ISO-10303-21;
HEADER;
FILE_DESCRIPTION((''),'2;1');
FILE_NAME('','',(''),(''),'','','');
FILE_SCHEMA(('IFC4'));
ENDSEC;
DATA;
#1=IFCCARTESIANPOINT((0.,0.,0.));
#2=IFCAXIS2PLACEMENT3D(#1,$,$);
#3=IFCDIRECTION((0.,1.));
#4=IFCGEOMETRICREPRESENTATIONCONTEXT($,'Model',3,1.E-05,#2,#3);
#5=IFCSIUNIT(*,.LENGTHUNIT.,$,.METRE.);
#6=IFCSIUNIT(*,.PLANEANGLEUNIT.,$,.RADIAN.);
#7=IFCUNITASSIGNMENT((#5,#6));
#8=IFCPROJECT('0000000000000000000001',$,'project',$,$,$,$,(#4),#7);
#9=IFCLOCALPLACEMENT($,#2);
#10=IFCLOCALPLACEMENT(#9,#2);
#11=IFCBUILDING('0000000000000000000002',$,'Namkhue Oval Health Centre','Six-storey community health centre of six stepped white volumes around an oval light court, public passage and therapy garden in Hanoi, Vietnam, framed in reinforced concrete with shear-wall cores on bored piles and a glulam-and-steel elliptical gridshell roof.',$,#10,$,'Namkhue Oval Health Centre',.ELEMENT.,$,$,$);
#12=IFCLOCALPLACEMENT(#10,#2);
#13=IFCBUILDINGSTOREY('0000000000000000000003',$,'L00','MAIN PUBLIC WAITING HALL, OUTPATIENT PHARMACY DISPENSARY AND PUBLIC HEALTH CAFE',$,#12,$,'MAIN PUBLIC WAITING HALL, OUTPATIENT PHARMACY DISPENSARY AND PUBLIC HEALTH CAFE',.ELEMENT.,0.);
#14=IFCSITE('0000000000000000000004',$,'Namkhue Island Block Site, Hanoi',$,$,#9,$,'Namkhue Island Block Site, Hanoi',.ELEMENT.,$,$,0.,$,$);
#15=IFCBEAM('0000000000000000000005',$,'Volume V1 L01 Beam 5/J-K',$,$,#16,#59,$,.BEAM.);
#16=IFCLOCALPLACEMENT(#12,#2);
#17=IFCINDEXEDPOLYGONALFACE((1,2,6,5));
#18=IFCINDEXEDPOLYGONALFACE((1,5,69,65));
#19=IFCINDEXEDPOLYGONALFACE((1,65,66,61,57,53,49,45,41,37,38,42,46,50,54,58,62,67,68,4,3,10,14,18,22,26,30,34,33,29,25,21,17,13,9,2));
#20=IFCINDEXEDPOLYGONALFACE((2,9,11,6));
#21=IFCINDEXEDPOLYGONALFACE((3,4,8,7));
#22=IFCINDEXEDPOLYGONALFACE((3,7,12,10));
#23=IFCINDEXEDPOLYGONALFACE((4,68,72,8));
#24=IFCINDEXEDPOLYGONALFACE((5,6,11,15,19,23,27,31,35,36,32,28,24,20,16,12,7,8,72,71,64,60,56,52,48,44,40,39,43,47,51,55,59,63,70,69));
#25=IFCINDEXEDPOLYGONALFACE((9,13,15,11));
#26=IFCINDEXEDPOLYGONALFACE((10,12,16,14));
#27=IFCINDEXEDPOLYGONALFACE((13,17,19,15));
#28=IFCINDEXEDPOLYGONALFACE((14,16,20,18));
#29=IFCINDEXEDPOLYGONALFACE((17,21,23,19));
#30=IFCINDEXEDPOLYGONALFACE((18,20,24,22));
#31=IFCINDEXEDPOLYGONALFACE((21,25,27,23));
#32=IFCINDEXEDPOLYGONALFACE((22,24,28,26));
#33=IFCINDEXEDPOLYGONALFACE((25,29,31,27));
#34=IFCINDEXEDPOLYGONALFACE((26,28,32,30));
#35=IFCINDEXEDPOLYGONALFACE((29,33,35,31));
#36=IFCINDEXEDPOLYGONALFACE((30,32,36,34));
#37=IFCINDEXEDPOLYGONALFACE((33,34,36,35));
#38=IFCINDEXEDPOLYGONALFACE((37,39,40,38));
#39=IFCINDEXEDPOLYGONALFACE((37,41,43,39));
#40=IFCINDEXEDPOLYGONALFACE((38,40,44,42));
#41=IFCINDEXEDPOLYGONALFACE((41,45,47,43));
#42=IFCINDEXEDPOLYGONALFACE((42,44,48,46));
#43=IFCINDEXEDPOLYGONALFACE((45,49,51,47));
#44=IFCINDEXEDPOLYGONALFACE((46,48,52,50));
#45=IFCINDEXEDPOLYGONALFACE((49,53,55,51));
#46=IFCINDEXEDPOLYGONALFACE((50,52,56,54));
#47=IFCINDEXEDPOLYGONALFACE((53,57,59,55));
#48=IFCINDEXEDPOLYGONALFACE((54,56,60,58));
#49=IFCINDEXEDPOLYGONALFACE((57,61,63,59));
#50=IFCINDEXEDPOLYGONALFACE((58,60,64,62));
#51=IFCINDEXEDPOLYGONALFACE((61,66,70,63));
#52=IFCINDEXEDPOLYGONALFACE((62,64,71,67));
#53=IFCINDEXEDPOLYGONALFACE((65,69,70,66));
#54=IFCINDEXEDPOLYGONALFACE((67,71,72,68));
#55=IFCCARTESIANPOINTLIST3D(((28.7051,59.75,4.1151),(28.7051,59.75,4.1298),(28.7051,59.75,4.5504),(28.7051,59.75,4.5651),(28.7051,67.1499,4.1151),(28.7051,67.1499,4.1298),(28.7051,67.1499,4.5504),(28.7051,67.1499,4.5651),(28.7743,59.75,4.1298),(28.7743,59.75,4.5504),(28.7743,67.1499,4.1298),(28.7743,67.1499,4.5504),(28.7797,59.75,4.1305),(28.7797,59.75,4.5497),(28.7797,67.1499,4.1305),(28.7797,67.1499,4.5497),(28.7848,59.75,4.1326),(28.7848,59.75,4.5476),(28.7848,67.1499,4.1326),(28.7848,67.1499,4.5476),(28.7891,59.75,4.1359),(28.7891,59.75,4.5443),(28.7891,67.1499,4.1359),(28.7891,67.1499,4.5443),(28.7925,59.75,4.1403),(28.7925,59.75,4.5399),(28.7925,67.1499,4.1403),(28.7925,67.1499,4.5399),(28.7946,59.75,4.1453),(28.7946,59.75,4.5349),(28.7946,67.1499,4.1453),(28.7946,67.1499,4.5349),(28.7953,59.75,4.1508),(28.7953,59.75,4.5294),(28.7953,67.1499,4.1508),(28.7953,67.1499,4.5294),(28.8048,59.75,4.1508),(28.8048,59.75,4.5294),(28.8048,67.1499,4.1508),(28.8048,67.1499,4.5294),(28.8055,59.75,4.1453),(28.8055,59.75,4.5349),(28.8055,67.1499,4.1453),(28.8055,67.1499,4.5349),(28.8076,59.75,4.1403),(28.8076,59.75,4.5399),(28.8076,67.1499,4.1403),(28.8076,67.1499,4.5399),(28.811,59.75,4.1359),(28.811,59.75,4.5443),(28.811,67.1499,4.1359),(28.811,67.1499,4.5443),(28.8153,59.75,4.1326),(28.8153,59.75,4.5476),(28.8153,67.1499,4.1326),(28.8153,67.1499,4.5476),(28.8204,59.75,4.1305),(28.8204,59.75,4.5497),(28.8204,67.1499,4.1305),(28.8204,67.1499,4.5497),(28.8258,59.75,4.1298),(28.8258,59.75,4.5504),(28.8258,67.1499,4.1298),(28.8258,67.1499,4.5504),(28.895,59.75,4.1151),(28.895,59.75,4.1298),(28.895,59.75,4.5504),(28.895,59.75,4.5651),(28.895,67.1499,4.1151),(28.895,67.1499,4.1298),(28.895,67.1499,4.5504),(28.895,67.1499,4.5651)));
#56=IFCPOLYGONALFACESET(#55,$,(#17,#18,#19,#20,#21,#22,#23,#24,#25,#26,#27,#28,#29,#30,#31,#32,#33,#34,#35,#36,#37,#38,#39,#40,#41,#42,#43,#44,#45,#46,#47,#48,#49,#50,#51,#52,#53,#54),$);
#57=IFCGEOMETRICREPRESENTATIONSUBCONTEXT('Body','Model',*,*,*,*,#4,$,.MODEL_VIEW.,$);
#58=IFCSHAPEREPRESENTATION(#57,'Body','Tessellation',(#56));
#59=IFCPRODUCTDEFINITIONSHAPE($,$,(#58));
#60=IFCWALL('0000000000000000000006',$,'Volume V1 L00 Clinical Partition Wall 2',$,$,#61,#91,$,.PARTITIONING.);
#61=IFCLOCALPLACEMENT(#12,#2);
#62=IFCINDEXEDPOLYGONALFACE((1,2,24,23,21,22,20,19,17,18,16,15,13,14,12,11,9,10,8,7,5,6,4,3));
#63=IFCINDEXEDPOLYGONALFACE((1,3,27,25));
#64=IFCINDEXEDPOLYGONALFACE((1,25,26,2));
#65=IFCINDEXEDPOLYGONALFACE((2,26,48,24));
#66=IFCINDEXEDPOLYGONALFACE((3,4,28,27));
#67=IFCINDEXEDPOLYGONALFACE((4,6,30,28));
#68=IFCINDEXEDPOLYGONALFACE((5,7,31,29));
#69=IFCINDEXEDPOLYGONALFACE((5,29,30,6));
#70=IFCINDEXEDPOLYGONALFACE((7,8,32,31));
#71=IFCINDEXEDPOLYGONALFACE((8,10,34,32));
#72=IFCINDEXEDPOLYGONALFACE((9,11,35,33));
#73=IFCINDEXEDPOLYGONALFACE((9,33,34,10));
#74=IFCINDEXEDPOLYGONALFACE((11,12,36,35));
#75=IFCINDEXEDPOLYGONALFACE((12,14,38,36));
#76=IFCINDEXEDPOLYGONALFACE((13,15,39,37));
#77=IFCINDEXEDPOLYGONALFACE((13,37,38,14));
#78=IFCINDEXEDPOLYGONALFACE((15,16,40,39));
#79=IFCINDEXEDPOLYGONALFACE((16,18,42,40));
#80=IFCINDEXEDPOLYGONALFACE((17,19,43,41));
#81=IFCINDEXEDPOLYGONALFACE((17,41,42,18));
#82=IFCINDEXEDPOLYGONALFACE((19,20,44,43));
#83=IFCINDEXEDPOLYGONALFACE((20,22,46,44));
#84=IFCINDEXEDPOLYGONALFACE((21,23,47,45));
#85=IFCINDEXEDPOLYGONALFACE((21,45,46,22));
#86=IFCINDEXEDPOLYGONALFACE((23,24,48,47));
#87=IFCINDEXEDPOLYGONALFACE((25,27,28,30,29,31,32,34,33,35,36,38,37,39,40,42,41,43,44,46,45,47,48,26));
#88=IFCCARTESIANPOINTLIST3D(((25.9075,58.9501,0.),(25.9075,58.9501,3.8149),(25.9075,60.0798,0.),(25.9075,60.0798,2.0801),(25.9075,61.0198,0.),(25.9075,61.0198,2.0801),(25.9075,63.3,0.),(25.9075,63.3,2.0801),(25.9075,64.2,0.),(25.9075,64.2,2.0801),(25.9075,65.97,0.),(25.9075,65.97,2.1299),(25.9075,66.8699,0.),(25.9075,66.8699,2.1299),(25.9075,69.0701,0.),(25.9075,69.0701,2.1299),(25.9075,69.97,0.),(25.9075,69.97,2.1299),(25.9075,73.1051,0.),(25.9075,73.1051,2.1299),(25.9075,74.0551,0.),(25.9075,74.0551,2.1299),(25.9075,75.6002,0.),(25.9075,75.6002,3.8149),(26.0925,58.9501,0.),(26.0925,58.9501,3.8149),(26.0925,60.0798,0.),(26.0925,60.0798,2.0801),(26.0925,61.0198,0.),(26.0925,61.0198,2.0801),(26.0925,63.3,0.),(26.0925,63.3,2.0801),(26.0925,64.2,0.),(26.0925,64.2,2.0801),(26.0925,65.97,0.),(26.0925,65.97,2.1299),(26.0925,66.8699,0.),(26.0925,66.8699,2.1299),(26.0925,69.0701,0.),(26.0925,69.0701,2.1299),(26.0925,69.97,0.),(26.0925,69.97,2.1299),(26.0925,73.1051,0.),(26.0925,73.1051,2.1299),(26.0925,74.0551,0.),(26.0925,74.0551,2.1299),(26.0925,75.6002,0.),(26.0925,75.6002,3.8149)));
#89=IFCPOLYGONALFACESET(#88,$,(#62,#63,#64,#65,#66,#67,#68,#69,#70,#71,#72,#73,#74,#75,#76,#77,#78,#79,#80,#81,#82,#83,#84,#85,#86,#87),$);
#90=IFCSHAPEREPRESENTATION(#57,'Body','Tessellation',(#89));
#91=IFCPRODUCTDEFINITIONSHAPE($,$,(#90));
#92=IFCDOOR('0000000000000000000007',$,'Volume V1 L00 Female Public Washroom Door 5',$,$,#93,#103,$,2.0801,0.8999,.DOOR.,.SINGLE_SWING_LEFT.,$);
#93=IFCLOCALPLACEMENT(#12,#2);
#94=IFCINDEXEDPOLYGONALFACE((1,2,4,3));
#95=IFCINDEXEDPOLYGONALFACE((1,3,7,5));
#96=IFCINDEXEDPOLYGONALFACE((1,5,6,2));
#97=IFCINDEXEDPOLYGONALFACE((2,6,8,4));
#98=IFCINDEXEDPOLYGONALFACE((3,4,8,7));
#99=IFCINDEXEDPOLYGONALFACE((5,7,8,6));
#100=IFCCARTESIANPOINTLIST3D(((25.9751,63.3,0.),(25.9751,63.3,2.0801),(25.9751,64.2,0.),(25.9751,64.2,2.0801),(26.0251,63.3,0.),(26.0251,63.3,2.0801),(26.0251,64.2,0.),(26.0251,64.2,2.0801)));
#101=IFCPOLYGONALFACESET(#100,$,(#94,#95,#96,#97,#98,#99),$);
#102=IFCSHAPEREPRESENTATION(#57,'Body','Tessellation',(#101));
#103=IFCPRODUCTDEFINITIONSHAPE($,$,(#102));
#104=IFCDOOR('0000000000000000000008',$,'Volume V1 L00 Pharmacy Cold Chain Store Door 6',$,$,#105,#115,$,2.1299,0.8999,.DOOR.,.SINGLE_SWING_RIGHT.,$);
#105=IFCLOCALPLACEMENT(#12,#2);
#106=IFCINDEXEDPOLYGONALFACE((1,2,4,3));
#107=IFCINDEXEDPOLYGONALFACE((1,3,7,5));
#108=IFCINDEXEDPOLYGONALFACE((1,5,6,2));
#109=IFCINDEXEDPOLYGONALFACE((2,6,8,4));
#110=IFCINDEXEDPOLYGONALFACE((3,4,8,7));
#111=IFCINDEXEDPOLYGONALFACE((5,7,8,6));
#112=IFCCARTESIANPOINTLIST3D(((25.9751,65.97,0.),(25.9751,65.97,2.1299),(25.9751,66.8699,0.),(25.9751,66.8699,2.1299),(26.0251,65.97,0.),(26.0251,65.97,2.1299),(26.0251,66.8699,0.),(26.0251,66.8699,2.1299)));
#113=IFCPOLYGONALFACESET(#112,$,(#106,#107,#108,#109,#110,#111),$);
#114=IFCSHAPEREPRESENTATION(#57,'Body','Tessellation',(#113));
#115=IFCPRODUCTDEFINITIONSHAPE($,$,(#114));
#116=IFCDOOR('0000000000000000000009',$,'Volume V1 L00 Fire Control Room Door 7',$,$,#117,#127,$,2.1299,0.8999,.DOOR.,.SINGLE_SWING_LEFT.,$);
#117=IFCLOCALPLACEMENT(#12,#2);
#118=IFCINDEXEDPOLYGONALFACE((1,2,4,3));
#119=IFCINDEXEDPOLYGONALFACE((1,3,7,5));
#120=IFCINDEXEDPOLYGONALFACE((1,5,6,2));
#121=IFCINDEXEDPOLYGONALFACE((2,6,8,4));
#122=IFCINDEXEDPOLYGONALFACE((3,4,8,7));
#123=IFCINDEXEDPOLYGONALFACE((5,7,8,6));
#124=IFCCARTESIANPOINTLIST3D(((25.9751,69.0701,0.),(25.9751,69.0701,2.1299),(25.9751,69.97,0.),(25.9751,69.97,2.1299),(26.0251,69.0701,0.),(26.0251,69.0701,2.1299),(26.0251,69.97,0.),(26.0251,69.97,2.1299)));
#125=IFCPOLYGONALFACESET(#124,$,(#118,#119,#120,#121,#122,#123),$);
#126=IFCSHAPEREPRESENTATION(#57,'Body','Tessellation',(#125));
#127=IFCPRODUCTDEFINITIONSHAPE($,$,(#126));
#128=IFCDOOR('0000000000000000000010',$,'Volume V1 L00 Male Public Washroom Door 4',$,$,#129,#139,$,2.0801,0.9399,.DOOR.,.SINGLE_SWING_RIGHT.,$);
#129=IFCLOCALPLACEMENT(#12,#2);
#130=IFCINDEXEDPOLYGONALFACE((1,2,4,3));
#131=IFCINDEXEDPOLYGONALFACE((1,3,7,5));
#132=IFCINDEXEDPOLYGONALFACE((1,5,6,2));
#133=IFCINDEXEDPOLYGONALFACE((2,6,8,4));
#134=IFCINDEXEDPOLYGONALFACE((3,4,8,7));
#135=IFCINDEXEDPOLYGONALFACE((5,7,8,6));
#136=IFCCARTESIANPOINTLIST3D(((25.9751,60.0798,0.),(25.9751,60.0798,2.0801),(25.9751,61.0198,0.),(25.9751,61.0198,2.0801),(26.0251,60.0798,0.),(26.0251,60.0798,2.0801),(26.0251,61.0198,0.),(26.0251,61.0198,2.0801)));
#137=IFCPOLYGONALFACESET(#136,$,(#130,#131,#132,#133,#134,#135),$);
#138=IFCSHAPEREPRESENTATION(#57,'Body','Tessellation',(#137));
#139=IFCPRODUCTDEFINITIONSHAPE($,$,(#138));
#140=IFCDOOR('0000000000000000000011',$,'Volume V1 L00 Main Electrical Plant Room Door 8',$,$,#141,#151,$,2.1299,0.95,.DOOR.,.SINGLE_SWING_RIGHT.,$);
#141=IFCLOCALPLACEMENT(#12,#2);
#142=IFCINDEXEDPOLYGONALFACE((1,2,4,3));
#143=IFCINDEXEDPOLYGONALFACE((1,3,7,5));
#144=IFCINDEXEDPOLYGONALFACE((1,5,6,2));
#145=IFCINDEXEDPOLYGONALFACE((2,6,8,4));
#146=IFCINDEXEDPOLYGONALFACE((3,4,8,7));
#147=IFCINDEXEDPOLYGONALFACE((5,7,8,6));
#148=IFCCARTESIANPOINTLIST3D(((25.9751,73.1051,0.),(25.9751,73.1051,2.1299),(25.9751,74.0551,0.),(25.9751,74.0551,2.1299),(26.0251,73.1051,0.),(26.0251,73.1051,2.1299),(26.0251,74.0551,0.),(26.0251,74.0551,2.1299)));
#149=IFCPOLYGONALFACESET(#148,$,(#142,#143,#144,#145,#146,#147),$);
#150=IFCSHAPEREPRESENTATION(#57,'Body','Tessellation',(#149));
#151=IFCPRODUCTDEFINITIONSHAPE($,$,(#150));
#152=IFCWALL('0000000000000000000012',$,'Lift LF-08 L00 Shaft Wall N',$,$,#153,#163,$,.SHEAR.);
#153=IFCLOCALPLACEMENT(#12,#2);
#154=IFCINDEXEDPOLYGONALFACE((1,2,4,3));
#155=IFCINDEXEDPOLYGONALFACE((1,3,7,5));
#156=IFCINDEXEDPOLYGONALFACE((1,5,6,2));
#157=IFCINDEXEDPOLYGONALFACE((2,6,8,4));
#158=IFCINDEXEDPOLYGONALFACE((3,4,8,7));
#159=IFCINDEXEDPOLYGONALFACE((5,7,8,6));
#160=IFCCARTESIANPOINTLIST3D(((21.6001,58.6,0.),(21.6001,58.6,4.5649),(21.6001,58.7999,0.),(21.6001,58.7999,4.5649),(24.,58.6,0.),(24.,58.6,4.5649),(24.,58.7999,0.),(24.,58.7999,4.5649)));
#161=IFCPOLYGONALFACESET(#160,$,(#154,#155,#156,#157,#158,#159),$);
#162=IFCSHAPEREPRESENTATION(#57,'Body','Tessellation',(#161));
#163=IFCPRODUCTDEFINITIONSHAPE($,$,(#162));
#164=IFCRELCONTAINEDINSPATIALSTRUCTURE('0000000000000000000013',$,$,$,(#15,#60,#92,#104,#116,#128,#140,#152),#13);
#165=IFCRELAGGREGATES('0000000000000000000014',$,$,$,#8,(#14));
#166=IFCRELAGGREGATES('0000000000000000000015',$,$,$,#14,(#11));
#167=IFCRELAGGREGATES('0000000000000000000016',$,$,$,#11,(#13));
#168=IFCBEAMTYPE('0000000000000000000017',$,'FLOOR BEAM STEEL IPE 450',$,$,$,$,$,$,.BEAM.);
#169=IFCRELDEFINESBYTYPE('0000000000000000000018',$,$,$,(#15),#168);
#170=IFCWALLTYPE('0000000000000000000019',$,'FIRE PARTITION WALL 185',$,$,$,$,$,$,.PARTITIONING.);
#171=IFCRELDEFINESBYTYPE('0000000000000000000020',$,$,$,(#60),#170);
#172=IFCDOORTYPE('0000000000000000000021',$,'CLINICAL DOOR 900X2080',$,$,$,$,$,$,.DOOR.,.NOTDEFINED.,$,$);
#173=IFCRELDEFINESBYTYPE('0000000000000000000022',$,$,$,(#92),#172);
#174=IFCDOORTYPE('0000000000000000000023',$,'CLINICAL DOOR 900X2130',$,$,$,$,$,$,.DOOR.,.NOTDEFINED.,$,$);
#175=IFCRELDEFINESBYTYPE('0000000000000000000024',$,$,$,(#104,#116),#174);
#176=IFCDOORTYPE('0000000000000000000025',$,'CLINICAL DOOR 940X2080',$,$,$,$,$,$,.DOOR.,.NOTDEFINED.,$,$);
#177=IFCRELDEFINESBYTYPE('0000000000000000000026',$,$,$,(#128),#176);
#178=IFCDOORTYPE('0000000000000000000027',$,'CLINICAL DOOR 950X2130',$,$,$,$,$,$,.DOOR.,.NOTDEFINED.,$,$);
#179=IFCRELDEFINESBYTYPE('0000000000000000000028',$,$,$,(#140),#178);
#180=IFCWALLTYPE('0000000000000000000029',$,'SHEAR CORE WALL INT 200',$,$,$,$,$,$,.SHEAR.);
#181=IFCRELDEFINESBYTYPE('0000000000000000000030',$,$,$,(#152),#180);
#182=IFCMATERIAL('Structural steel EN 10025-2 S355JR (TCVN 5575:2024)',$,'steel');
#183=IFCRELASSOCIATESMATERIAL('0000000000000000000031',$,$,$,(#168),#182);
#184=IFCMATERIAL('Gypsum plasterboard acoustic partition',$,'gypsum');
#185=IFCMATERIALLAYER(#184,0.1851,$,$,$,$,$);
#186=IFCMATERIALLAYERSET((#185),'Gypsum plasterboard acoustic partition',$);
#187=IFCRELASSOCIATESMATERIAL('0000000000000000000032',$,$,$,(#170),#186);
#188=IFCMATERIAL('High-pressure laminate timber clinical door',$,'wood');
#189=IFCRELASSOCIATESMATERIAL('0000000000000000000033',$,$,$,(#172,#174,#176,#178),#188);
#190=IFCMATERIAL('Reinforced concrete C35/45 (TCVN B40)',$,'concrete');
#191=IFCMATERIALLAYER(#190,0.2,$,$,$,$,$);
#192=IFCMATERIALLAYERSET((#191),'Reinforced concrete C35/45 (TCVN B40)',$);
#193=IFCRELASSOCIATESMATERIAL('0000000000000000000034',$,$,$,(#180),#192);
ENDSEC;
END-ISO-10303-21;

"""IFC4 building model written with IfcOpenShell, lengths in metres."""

from ifc_helpers import new_model, si_unit, direction, frame, frame_2d, origin, origin_2d, place, context, subcontext, project, spatial, rectangle, i_section, extrude, material, layer, layer_set, material_profile, profile_set, type_object, element, fill, save


model = new_model("IFC4")

# Units and contexts
model_context = context("Model", 3, precision=1e-05, world=origin(), true_north=direction((0.0, 1.0)))
body_context = subcontext(model_context, "Body", "Model", "MODEL_VIEW")
ifc_project = project(units=[si_unit("LENGTHUNIT", "METRE"), si_unit("PLANEANGLEUNIT", "RADIAN")], contexts=[model_context])

# Site, building, storey
site_placement = place(None, origin())
site = spatial("IfcSite", under=ifc_project, at=site_placement, Name="Namkhue Island Block Site, Hanoi", LongName="Namkhue Island Block Site, Hanoi", CompositionType="ELEMENT", RefElevation=0.0)
building_placement = place(site_placement, origin())
building = spatial("IfcBuilding", under=site, at=building_placement, Name="Namkhue Oval Health Centre", Description="Six-storey community health centre of six stepped white volumes around an oval light court, public passage and therapy garden in Hanoi, Vietnam, framed in reinforced concrete with shear-wall cores on bored piles and a glulam-and-steel elliptical gridshell roof.", LongName="Namkhue Oval Health Centre", CompositionType="ELEMENT")
storey_placement = place(building_placement, origin())
storey = spatial("IfcBuildingStorey", under=building, at=storey_placement, Name="L00", Description="MAIN PUBLIC WAITING HALL, OUTPATIENT PHARMACY DISPENSARY AND PUBLIC HEALTH CAFE", LongName="MAIN PUBLIC WAITING HALL, OUTPATIENT PHARMACY DISPENSARY AND PUBLIC HEALTH CAFE", CompositionType="ELEMENT", Elevation=0.0)

# Shared definitions
ifc_material_1 = material(Name="Reinforced concrete C35/45 (TCVN B40)", Category="concrete")

# Beam
ifc_material_2 = material(Name="Structural steel EN 10025-2 S355JR (TCVN 5575:2024)", Category="steel")
ifc_material_profile_1 = material_profile(ifc_material_2, i_section(OverallWidth=0.1899, OverallDepth=0.45, WebThickness=0.0095, FlangeThickness=0.0146, FilletRadius=0.021, at=origin_2d()), Name="IPE 450")
ifc_profile_set_1 = profile_set([ifc_material_profile_1], Name="Structural steel EN 10025-2 S355JR (TCVN 5575:2024)")
beam_type = type_object("IfcBeamType", Name="FLOOR BEAM STEEL IPE 450", PredefinedType="BEAM", material=ifc_profile_set_1)
beam_placement = place(storey_placement, frame((28.8, 59.75, 4.3401), z_axis=(0.0, 1.0, 0.0), x_axis=(-1.0, 0.0, 0.0)))
element("IfcBeam", 1, at=beam_placement, inside=storey, type_object=beam_type, Name="Volume V1 L01 Beam 5/J-K", PredefinedType="BEAM", context=body_context, shape_type="SweptSolid", body=[
    extrude(i_section(OverallWidth=0.1899, OverallDepth=0.45, WebThickness=0.0095, FlangeThickness=0.0146, FilletRadius=0.021, at=origin_2d()), origin(), (0.0, 0.0, 1.0), 7.3999),
])

# Wall, openings, doors
ifc_material_3 = material(Name="Gypsum plasterboard acoustic partition", Category="gypsum")
ifc_layer_1 = layer(ifc_material_3, 0.1851)
ifc_layer_set_1 = layer_set([ifc_layer_1], Name="Gypsum plasterboard acoustic partition")
wall_type_1 = type_object("IfcWallType", Name="FIRE PARTITION WALL 185", PredefinedType="PARTITIONING", material=ifc_layer_set_1)
wall_1_placement = place(storey_placement, frame((26.0, 58.95, 0.0), z_axis=(0.0, 0.0, 1.0), x_axis=(0.0, 1.0, 0.0)))
wall_1 = element("IfcWall", 2, at=wall_1_placement, inside=storey, type_object=wall_type_1, Name="Volume V1 L00 Clinical Partition Wall 2", PredefinedType="PARTITIONING", context=body_context, shape_type="SweptSolid", body=[
    extrude(rectangle(XDim=16.6501, YDim=0.1851, at=frame_2d((8.3252, 0.0))), origin(), (0.0, 0.0, 1.0), 3.8149),
])
opening_1_placement = place(wall_1_placement, frame((1.1299, 0.0, 0.0)))
opening_1 = element("IfcOpeningElement", 3, at=opening_1_placement, cuts=wall_1, PredefinedType="OPENING", context=body_context, shape_type="SweptSolid", body=[
    extrude(rectangle(XDim=0.9399, YDim=2.0801, at=frame_2d((0.47, 1.04))), frame((0.0, 0.1025, 0.0), z_axis=(0.0, -1.0, 0.0), x_axis=(1.0, 0.0, 0.0)), (0.0, 0.0, 1.0), 0.2051),
])
opening_2_placement = place(wall_1_placement, frame((4.3501, 0.0, 0.0)))
opening_2 = element("IfcOpeningElement", 4, at=opening_2_placement, cuts=wall_1, PredefinedType="OPENING", context=body_context, shape_type="SweptSolid", body=[
    extrude(rectangle(XDim=0.8999, YDim=2.0801, at=frame_2d((0.45, 1.04))), frame((0.0, 0.1025, 0.0), z_axis=(0.0, -1.0, 0.0), x_axis=(1.0, 0.0, 0.0)), (0.0, 0.0, 1.0), 0.2051),
])
opening_3_placement = place(wall_1_placement, frame((7.02, 0.0, 0.0)))
opening_3 = element("IfcOpeningElement", 5, at=opening_3_placement, cuts=wall_1, PredefinedType="OPENING", context=body_context, shape_type="SweptSolid", body=[
    extrude(rectangle(XDim=0.8999, YDim=2.1299, at=frame_2d((0.45, 1.0649))), frame((0.0, 0.1025, 0.0), z_axis=(0.0, -1.0, 0.0), x_axis=(1.0, 0.0, 0.0)), (0.0, 0.0, 1.0), 0.2051),
])
opening_4_placement = place(wall_1_placement, frame((10.1201, 0.0, 0.0)))
opening_4 = element("IfcOpeningElement", 6, at=opening_4_placement, cuts=wall_1, PredefinedType="OPENING", context=body_context, shape_type="SweptSolid", body=[
    extrude(rectangle(XDim=0.8999, YDim=2.1299, at=frame_2d((0.45, 1.0649))), frame((0.0, 0.1025, 0.0), z_axis=(0.0, -1.0, 0.0), x_axis=(1.0, 0.0, 0.0)), (0.0, 0.0, 1.0), 0.2051),
])
opening_5_placement = place(wall_1_placement, frame((14.155, 0.0, 0.0)))
opening_5 = element("IfcOpeningElement", 7, at=opening_5_placement, cuts=wall_1, PredefinedType="OPENING", context=body_context, shape_type="SweptSolid", body=[
    extrude(rectangle(XDim=0.95, YDim=2.1299, at=frame_2d((0.4751, 1.0649))), frame((0.0, 0.1025, 0.0), z_axis=(0.0, -1.0, 0.0), x_axis=(1.0, 0.0, 0.0)), (0.0, 0.0, 1.0), 0.2051),
])
ifc_material_4 = material(Name="High-pressure laminate timber clinical door", Category="wood")
door_type_1 = type_object("IfcDoorType", Name="CLINICAL DOOR 900X2080", OperationType="NOTDEFINED", PredefinedType="DOOR", material=ifc_material_4)
door_1_placement = place(opening_2_placement, origin())
door_1 = element("IfcDoor", 8, at=door_1_placement, inside=storey, type_object=door_type_1, Name="Volume V1 L00 Female Public Washroom Door 5", OperationType="SINGLE_SWING_LEFT", OverallHeight=2.0801, OverallWidth=0.8999, PredefinedType="DOOR", context=body_context, shape_type="SweptSolid", body=[
    extrude(rectangle(XDim=0.8999, YDim=2.0801, at=frame_2d((0.45, 1.04))), frame((0.0, 0.0249, 0.0), z_axis=(0.0, -1.0, 0.0), x_axis=(1.0, 0.0, 0.0)), (0.0, 0.0, 1.0), 0.05),
])
fill(opening_2, door_1)
door_type_2 = type_object("IfcDoorType", Name="CLINICAL DOOR 900X2130", OperationType="NOTDEFINED", PredefinedType="DOOR", material=ifc_material_4)
door_2_placement = place(opening_3_placement, origin())
door_2 = element("IfcDoor", 9, at=door_2_placement, inside=storey, type_object=door_type_2, Name="Volume V1 L00 Pharmacy Cold Chain Store Door 6", OperationType="SINGLE_SWING_RIGHT", OverallHeight=2.1299, OverallWidth=0.8999, PredefinedType="DOOR", context=body_context, shape_type="SweptSolid", body=[
    extrude(rectangle(XDim=0.8999, YDim=2.1299, at=frame_2d((0.45, 1.0649))), frame((0.0, 0.0249, 0.0), z_axis=(0.0, -1.0, 0.0), x_axis=(1.0, 0.0, 0.0)), (0.0, 0.0, 1.0), 0.05),
])
fill(opening_3, door_2)
door_3_placement = place(opening_4_placement, origin())
door_3 = element("IfcDoor", 10, at=door_3_placement, inside=storey, type_object=door_type_2, Name="Volume V1 L00 Fire Control Room Door 7", OperationType="SINGLE_SWING_LEFT", OverallHeight=2.1299, OverallWidth=0.8999, PredefinedType="DOOR", context=body_context, shape_type="SweptSolid", body=[
    extrude(rectangle(XDim=0.8999, YDim=2.1299, at=frame_2d((0.45, 1.0649))), frame((0.0, 0.0249, 0.0), z_axis=(0.0, -1.0, 0.0), x_axis=(1.0, 0.0, 0.0)), (0.0, 0.0, 1.0), 0.05),
])
fill(opening_4, door_3)
door_type_3 = type_object("IfcDoorType", Name="CLINICAL DOOR 940X2080", OperationType="NOTDEFINED", PredefinedType="DOOR", material=ifc_material_4)
door_4_placement = place(opening_1_placement, origin())
door_4 = element("IfcDoor", 11, at=door_4_placement, inside=storey, type_object=door_type_3, Name="Volume V1 L00 Male Public Washroom Door 4", OperationType="SINGLE_SWING_RIGHT", OverallHeight=2.0801, OverallWidth=0.9399, PredefinedType="DOOR", context=body_context, shape_type="SweptSolid", body=[
    extrude(rectangle(XDim=0.9399, YDim=2.0801, at=frame_2d((0.47, 1.04))), frame((0.0, 0.0249, 0.0), z_axis=(0.0, -1.0, 0.0), x_axis=(1.0, 0.0, 0.0)), (0.0, 0.0, 1.0), 0.05),
])
fill(opening_1, door_4)
door_type_4 = type_object("IfcDoorType", Name="CLINICAL DOOR 950X2130", OperationType="NOTDEFINED", PredefinedType="DOOR", material=ifc_material_4)
door_5_placement = place(opening_5_placement, origin())
door_5 = element("IfcDoor", 12, at=door_5_placement, inside=storey, type_object=door_type_4, Name="Volume V1 L00 Main Electrical Plant Room Door 8", OperationType="SINGLE_SWING_RIGHT", OverallHeight=2.1299, OverallWidth=0.95, PredefinedType="DOOR", context=body_context, shape_type="SweptSolid", body=[
    extrude(rectangle(XDim=0.95, YDim=2.1299, at=frame_2d((0.4751, 1.0649))), frame((0.0, 0.0249, 0.0), z_axis=(0.0, -1.0, 0.0), x_axis=(1.0, 0.0, 0.0)), (0.0, 0.0, 1.0), 0.05),
])
fill(opening_5, door_5)

# Shared definitions
ifc_layer_2 = layer(ifc_material_1, 0.2)
ifc_layer_set_2 = layer_set([ifc_layer_2], Name="Reinforced concrete C35/45 (TCVN B40)")
wall_type_2 = type_object("IfcWallType", Name="SHEAR CORE WALL INT 200", PredefinedType="SHEAR", material=ifc_layer_set_2)

# Wall
wall_2_placement = place(storey_placement, frame((24.0, 58.7, 0.0), z_axis=(0.0, 0.0, 1.0), x_axis=(-1.0, 0.0, 0.0)))
element("IfcWall", 13, at=wall_2_placement, inside=storey, type_object=wall_type_2, Name="Lift LF-08 L00 Shaft Wall N", PredefinedType="SHEAR", context=body_context, shape_type="SweptSolid", body=[
    extrude(rectangle(XDim=2.3999, YDim=0.2, at=frame_2d((1.2, 0.0))), origin(), (0.0, 0.0, 1.0), 4.5649),
])

save(model, "model.ifc")
